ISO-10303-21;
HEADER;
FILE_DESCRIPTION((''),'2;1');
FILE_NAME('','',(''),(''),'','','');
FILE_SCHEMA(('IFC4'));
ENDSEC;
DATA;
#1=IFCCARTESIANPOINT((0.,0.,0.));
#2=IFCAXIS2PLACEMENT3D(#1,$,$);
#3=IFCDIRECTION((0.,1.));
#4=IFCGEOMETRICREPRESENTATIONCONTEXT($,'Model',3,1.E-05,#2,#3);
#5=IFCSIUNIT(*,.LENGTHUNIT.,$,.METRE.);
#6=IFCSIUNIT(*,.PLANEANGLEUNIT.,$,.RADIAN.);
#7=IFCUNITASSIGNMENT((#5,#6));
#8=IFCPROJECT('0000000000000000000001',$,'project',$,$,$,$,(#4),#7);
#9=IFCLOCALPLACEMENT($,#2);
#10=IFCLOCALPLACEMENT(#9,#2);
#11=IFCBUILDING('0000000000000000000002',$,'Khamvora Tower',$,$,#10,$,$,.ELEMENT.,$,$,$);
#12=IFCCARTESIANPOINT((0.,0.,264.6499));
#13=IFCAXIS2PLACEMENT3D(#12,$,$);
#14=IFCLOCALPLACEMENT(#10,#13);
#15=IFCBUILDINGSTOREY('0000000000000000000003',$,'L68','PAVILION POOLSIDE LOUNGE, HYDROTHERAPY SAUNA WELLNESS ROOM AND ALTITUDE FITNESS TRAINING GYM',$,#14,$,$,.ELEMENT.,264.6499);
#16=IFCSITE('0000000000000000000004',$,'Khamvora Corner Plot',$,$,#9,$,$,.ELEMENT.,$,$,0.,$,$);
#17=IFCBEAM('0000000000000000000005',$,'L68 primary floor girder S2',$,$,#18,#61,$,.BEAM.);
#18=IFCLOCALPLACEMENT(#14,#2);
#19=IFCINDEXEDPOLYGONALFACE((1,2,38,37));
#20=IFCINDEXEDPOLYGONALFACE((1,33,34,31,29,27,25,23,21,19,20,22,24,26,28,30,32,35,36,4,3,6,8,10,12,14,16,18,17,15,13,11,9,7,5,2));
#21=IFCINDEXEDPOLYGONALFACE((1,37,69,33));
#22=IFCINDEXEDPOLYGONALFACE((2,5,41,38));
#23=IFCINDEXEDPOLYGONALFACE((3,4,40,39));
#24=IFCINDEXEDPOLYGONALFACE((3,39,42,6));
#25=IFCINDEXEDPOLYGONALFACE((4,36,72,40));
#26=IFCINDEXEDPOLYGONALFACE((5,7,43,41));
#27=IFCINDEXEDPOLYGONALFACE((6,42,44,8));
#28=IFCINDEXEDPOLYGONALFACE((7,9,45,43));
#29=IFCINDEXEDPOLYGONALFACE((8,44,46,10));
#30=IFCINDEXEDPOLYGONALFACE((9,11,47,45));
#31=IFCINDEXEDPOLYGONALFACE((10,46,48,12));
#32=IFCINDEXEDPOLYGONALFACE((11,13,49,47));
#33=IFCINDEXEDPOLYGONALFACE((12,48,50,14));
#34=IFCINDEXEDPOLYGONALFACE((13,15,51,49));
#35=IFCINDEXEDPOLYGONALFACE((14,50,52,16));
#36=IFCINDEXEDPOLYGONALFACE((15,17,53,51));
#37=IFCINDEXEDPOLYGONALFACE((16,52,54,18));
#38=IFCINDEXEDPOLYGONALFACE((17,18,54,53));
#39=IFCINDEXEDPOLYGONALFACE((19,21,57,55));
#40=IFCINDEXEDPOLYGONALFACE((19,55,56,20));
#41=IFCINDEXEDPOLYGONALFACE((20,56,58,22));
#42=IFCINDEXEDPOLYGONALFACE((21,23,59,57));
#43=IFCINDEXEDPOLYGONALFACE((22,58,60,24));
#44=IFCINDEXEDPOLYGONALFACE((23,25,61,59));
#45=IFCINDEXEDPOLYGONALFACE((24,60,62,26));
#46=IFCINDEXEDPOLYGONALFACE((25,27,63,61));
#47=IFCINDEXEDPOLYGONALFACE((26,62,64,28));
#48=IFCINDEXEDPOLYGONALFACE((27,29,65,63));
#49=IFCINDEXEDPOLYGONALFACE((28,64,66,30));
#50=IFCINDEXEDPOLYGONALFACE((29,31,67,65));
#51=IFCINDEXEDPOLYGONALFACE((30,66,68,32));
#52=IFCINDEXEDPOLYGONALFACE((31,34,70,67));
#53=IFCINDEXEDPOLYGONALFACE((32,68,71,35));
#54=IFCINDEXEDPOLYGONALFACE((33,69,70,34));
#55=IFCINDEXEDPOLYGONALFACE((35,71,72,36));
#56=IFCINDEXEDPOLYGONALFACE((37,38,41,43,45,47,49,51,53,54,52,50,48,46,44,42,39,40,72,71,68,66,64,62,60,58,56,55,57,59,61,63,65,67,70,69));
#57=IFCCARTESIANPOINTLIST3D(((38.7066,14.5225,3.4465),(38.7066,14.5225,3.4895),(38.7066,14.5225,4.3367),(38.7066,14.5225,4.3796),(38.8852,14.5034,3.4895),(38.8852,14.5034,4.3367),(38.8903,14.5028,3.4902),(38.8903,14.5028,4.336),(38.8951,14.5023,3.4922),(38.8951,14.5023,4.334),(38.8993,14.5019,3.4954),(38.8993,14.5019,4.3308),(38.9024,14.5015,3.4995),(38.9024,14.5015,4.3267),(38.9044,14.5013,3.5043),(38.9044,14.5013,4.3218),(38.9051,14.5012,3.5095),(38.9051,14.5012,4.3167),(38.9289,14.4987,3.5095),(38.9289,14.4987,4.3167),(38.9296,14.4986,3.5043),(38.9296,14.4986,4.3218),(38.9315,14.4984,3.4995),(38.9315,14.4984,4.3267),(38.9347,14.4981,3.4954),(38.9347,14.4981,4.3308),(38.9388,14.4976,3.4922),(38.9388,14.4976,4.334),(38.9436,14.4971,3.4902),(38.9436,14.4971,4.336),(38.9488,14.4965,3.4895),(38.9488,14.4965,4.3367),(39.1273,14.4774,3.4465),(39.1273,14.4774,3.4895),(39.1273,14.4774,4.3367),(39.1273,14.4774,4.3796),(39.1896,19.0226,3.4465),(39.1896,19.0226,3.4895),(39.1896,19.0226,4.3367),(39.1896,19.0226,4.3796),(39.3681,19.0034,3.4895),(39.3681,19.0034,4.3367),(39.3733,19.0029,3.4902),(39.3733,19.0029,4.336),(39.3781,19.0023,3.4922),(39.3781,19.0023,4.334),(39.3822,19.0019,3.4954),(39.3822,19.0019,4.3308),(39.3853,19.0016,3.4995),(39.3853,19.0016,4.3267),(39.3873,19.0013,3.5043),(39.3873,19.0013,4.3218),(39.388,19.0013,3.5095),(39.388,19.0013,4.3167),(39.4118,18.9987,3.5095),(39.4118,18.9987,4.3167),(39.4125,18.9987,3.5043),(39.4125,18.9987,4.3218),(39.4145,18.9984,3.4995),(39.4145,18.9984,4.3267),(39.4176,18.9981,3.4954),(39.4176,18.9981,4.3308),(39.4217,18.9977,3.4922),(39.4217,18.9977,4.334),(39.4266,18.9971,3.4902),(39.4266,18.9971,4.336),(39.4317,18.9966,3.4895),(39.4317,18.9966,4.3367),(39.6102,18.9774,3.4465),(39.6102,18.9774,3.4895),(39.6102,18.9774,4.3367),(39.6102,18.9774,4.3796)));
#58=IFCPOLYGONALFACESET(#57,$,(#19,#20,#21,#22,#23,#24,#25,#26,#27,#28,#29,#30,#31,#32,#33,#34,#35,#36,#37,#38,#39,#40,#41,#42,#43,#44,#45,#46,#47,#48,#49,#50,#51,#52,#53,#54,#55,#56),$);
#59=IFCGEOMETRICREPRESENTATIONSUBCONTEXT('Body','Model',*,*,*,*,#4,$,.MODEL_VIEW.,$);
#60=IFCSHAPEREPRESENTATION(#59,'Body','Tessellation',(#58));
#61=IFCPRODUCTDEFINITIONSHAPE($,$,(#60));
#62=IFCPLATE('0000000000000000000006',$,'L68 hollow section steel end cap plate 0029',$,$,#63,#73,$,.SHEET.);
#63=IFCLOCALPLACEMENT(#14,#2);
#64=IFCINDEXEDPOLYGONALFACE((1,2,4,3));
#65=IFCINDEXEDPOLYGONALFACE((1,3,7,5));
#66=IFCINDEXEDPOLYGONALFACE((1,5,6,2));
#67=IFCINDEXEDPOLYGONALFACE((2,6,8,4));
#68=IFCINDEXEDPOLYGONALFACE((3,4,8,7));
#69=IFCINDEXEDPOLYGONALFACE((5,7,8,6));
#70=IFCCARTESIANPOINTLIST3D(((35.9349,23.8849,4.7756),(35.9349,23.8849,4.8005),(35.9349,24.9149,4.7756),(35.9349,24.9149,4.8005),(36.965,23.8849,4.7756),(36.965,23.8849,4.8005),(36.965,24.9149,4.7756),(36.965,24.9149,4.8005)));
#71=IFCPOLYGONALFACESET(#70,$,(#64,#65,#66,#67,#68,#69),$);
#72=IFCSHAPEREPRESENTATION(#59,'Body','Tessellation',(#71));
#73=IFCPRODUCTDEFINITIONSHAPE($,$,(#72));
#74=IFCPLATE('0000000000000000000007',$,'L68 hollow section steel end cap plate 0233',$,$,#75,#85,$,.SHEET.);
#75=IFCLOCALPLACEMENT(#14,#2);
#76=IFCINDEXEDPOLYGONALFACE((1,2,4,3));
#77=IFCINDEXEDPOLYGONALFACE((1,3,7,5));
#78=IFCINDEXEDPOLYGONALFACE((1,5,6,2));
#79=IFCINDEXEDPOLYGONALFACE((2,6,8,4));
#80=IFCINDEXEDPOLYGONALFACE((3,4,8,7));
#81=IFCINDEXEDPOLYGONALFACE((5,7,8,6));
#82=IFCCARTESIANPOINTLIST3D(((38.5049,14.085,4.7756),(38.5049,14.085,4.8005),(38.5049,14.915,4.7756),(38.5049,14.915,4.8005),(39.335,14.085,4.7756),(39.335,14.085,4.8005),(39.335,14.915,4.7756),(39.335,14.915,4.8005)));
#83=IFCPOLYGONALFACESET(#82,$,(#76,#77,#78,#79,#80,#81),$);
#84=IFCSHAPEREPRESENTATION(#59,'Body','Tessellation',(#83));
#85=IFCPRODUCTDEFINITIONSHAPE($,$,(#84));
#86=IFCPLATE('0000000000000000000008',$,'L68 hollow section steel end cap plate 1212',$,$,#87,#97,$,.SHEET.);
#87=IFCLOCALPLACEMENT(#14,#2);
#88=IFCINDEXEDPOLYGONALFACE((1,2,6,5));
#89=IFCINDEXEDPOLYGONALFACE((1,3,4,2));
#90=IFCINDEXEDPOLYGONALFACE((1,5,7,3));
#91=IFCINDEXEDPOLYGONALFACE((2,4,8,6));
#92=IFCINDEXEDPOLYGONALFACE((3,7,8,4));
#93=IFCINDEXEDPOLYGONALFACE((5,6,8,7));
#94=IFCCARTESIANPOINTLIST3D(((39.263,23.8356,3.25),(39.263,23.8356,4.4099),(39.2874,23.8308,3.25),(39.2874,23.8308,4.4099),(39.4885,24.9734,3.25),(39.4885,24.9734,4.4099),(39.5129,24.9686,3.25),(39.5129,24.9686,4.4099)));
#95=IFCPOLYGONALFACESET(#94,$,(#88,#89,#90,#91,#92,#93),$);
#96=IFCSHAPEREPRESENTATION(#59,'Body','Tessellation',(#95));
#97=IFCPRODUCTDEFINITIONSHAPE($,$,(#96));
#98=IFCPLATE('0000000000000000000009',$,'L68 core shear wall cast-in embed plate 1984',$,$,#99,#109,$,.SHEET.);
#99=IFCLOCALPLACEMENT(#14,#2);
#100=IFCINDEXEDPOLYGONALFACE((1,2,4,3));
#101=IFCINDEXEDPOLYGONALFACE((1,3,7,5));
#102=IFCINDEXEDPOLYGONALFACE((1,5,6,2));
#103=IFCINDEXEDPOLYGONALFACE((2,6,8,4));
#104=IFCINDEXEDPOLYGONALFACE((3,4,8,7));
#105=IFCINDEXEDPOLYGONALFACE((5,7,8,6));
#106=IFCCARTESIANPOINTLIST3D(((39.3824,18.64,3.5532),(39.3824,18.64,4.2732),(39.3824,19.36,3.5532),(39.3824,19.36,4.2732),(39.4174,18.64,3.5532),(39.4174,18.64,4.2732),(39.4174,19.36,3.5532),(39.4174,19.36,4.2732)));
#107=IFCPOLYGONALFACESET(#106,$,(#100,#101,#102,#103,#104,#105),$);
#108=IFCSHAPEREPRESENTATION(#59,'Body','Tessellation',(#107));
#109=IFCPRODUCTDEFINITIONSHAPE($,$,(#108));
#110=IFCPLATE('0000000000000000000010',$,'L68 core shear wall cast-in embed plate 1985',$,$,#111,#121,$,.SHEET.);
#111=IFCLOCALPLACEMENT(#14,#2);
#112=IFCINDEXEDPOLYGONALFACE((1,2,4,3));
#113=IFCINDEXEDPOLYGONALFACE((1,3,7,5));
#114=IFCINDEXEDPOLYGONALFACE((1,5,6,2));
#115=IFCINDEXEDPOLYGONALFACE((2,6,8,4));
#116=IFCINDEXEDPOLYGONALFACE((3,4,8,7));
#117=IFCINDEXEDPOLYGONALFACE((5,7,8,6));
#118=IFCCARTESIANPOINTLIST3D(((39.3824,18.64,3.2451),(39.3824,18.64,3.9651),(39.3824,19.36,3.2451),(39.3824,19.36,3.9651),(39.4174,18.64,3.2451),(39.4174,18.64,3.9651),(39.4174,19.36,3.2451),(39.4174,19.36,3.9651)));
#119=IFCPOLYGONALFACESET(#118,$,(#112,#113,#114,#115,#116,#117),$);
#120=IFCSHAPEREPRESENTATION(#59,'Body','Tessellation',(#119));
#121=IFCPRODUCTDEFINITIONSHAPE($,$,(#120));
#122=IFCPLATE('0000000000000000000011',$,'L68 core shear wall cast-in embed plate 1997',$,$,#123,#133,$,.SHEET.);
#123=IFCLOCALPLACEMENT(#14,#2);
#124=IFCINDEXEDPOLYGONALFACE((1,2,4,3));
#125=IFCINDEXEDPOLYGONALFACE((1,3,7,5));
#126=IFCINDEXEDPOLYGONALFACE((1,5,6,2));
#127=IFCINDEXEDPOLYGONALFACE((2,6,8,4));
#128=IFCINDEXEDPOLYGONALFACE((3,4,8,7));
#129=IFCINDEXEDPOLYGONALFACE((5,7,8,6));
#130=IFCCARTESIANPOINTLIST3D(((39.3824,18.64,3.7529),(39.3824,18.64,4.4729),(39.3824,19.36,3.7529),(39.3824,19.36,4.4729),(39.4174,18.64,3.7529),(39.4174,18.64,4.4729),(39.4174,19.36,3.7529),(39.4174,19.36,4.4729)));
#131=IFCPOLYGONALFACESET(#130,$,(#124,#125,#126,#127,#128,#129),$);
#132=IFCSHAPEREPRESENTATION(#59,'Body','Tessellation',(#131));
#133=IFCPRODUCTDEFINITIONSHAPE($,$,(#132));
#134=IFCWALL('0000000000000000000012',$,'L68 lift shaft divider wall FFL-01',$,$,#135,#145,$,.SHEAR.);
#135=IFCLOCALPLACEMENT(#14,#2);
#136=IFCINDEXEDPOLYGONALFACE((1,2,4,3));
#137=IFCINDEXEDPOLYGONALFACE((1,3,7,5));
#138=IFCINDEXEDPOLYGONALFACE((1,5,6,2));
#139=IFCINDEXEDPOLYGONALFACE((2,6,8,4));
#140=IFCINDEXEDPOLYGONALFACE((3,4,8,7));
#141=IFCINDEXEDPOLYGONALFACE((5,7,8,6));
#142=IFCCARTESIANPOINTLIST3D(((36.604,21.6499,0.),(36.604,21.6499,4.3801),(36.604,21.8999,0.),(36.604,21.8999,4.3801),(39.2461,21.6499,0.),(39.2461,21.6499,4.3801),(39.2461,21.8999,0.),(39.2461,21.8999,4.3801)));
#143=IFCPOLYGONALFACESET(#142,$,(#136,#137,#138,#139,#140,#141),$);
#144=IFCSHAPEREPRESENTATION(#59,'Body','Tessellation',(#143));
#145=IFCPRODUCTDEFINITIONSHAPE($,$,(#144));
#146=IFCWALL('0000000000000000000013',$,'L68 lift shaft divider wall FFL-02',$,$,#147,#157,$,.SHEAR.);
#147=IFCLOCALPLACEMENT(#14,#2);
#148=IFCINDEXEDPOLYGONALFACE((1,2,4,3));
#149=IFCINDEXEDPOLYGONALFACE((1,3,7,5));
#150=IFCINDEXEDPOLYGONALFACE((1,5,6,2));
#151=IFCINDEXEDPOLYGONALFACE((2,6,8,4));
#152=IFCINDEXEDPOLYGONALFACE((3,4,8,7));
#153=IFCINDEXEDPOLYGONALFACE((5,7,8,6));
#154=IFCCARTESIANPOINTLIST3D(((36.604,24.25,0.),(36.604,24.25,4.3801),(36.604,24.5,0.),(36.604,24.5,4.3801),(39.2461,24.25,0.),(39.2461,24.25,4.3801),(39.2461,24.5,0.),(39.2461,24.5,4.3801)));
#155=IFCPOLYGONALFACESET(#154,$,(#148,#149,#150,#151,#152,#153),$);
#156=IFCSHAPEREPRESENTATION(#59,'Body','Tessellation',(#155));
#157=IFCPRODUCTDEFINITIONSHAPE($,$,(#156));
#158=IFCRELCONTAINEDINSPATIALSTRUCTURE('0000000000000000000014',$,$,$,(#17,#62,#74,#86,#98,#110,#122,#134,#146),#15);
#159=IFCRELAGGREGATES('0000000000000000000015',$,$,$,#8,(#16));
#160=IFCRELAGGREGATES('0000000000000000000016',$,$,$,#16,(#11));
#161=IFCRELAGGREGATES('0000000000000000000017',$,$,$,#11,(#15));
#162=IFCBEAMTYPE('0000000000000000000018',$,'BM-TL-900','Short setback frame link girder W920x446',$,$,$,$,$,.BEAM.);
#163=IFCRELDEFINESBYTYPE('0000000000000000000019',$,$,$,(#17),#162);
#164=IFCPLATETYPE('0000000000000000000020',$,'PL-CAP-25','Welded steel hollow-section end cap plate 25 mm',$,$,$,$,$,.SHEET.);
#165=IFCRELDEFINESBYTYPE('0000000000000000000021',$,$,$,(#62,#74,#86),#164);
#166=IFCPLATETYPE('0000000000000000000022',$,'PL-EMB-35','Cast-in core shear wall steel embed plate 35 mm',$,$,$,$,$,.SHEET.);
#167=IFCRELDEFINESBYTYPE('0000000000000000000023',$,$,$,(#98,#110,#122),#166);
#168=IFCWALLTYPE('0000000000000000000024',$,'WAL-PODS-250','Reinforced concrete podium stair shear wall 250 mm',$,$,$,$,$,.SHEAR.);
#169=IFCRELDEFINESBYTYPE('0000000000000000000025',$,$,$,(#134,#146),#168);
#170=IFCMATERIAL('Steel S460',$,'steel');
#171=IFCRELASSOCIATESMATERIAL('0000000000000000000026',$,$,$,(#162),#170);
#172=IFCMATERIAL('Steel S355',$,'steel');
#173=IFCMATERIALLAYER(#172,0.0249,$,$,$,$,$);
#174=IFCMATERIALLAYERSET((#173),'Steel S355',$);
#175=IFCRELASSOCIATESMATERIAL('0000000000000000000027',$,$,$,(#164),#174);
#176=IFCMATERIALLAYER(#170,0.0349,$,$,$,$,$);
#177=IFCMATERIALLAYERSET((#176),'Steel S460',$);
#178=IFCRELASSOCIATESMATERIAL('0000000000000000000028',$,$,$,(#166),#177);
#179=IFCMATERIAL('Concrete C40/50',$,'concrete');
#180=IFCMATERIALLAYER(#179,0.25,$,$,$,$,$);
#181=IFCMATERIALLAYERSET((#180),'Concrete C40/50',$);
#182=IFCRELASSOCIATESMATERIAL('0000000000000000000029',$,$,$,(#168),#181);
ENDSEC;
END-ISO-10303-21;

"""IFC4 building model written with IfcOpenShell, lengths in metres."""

from ifc_helpers import new_model, si_unit, direction, frame, frame_2d, origin, origin_2d, place, context, subcontext, project, spatial, rectangle, i_section, extrude, material, layer, layer_set, material_profile, profile_set, type_object, element, save


model = new_model("IFC4")

# Units and contexts
model_context = context("Model", 3, precision=1e-05, world=origin(), true_north=direction((0.0, 1.0)))
body_context = subcontext(model_context, "Body", "Model", "MODEL_VIEW")
ifc_project = project(units=[si_unit("LENGTHUNIT", "METRE"), si_unit("PLANEANGLEUNIT", "RADIAN")], contexts=[model_context])

# Site, building, storey
site_placement = place(None, origin())
site = spatial("IfcSite", under=ifc_project, at=site_placement, Name="Khamvora Corner Plot", CompositionType="ELEMENT", RefElevation=0.0)
building_placement = place(site_placement, origin())
building = spatial("IfcBuilding", under=site, at=building_placement, Name="Khamvora Tower", CompositionType="ELEMENT")
storey_placement = place(building_placement, frame((0.0, 0.0, 264.6499)))
storey = spatial("IfcBuildingStorey", under=building, at=storey_placement, Name="L68", Description="PAVILION POOLSIDE LOUNGE, HYDROTHERAPY SAUNA WELLNESS ROOM AND ALTITUDE FITNESS TRAINING GYM", CompositionType="ELEMENT", Elevation=264.6499)

# Shared definitions
ifc_material_1 = material(Name="Steel S355", Category="steel")

# Beam
ifc_material_2 = material(Name="Steel S460", Category="steel")
ifc_material_profile_1 = material_profile(ifc_material_2, i_section(OverallWidth=0.4231, OverallDepth=0.9331, WebThickness=0.0239, FlangeThickness=0.043, FilletRadius=0.02, at=origin_2d()), Name="W920x446")
ifc_profile_set_1 = profile_set([ifc_material_profile_1], Name="Steel S460")
beam_type_1 = type_object("IfcBeamType", Name="BM-TL-900", Description="Short setback frame link girder W920x446", PredefinedType="BEAM", material=ifc_profile_set_1)
beam_1_placement = place(storey_placement, frame((39.3999, 19.0, 3.9131), z_axis=(-0.106701, -0.994291, 0.0), x_axis=(0.994291, -0.106701, 0.0)))
element("IfcBeam", 1, at=beam_1_placement, inside=storey, type_object=beam_type_1, Name="L68 primary floor girder S2", PredefinedType="BEAM", context=body_context, shape_type="SweptSolid", body=[
    extrude(i_section(OverallWidth=0.4231, OverallDepth=0.9331, WebThickness=0.0239, FlangeThickness=0.043, FilletRadius=0.02, at=origin_2d()), origin(), (0.0, 0.0, 1.0), 4.5259),
])

# Plates
ifc_layer_1 = layer(ifc_material_1, 0.0249)
ifc_layer_set_1 = layer_set([ifc_layer_1], Name="Steel S355")
plate_type_1 = type_object("IfcPlateType", Name="PL-CAP-25", Description="Welded steel hollow-section end cap plate 25 mm", PredefinedType="SHEET", material=ifc_layer_set_1)
plate_1_placement = place(storey_placement, frame((36.45, 24.3999, 4.7756), z_axis=(0.0, 0.0, 1.0), x_axis=(1.0, 0.0, 0.0)))
element("IfcPlate", 2, at=plate_1_placement, inside=storey, type_object=plate_type_1, Name="L68 hollow section steel end cap plate 0029", PredefinedType="SHEET", context=body_context, shape_type="SweptSolid", body=[
    extrude(rectangle(XDim=1.03, YDim=1.03, at=origin_2d()), origin(), (0.0, 0.0, 1.0), 0.0249),
])
plate_2_placement = place(storey_placement, frame((38.9199, 14.5, 4.7756), z_axis=(0.0, 0.0, 1.0), x_axis=(1.0, 0.0, 0.0)))
element("IfcPlate", 3, at=plate_2_placement, inside=storey, type_object=plate_type_1, Name="L68 hollow section steel end cap plate 0233", PredefinedType="SHEET", context=body_context, shape_type="SweptSolid", body=[
    extrude(rectangle(XDim=0.8301, YDim=0.8301, at=origin_2d()), origin(), (0.0, 0.0, 1.0), 0.0249),
])
plate_3_placement = place(storey_placement, frame((39.3879, 24.4021, 3.25), z_axis=(0.0, 0.0, 1.0), x_axis=(0.980918, -0.194423, 0.0)))
element("IfcPlate", 4, at=plate_3_placement, inside=storey, type_object=plate_type_1, Name="L68 hollow section steel end cap plate 1212", PredefinedType="SHEET", context=body_context, shape_type="SweptSolid", body=[
    extrude(rectangle(XDim=0.0249, YDim=1.1599, at=origin_2d()), origin(), (0.0, 0.0, 1.0), 1.1599),
])
ifc_layer_2 = layer(ifc_material_2, 0.0349)
ifc_layer_set_2 = layer_set([ifc_layer_2], Name="Steel S460")
plate_type_2 = type_object("IfcPlateType", Name="PL-EMB-35", Description="Cast-in core shear wall steel embed plate 35 mm", PredefinedType="SHEET", material=ifc_layer_set_2)
for number, where, z_axis, x_axis, name in (
    (5, (39.3999, 19.0, 3.5532), (0.0, 0.0, 1.0), (1.0, 0.0, 0.0), "L68 core shear wall cast-in embed plate 1984"),
    (6, (39.3999, 19.0, 3.2451), (0.0, 0.0, 1.0), (1.0, 0.0, 0.0), "L68 core shear wall cast-in embed plate 1985"),
    (7, (39.3999, 19.0, 3.7529), (0.0, 0.0, 1.0), (1.0, 0.0, 0.0), "L68 core shear wall cast-in embed plate 1997"),
):
    element("IfcPlate", number, at=place(storey_placement, frame(where, z_axis=z_axis, x_axis=x_axis)), inside=storey, type_object=plate_type_2, Name=name, PredefinedType="SHEET", context=body_context, shape_type="SweptSolid", body=[
        extrude(rectangle(XDim=0.0349, YDim=0.72, at=origin_2d()), origin(), (0.0, 0.0, 1.0), 0.72),
    ])

# Walls
ifc_material_3 = material(Name="Concrete C40/50", Category="concrete")
ifc_layer_3 = layer(ifc_material_3, 0.25)
ifc_layer_set_3 = layer_set([ifc_layer_3], Name="Concrete C40/50")
wall_type_1 = type_object("IfcWallType", Name="WAL-PODS-250", Description="Reinforced concrete podium stair shear wall 250 mm", PredefinedType="SHEAR", material=ifc_layer_set_3)
for number, where, z_axis, x_axis, name in (
    (8, (36.604, 21.7749, 0.0), (0.0, 0.0, 1.0), (1.0, 0.0, 0.0), "L68 lift shaft divider wall FFL-01"),
    (9, (36.604, 24.375, 0.0), (0.0, 0.0, 1.0), (1.0, 0.0, 0.0), "L68 lift shaft divider wall FFL-02"),
):
    element("IfcWall", number, at=place(storey_placement, frame(where, z_axis=z_axis, x_axis=x_axis)), inside=storey, type_object=wall_type_1, Name=name, PredefinedType="SHEAR", context=body_context, shape_type="SweptSolid", body=[
        extrude(rectangle(XDim=2.6421, YDim=0.25, at=frame_2d((1.321, 0.0))), origin(), (0.0, 0.0, 1.0), 4.3801),
    ])

save(model, "model.ifc")
